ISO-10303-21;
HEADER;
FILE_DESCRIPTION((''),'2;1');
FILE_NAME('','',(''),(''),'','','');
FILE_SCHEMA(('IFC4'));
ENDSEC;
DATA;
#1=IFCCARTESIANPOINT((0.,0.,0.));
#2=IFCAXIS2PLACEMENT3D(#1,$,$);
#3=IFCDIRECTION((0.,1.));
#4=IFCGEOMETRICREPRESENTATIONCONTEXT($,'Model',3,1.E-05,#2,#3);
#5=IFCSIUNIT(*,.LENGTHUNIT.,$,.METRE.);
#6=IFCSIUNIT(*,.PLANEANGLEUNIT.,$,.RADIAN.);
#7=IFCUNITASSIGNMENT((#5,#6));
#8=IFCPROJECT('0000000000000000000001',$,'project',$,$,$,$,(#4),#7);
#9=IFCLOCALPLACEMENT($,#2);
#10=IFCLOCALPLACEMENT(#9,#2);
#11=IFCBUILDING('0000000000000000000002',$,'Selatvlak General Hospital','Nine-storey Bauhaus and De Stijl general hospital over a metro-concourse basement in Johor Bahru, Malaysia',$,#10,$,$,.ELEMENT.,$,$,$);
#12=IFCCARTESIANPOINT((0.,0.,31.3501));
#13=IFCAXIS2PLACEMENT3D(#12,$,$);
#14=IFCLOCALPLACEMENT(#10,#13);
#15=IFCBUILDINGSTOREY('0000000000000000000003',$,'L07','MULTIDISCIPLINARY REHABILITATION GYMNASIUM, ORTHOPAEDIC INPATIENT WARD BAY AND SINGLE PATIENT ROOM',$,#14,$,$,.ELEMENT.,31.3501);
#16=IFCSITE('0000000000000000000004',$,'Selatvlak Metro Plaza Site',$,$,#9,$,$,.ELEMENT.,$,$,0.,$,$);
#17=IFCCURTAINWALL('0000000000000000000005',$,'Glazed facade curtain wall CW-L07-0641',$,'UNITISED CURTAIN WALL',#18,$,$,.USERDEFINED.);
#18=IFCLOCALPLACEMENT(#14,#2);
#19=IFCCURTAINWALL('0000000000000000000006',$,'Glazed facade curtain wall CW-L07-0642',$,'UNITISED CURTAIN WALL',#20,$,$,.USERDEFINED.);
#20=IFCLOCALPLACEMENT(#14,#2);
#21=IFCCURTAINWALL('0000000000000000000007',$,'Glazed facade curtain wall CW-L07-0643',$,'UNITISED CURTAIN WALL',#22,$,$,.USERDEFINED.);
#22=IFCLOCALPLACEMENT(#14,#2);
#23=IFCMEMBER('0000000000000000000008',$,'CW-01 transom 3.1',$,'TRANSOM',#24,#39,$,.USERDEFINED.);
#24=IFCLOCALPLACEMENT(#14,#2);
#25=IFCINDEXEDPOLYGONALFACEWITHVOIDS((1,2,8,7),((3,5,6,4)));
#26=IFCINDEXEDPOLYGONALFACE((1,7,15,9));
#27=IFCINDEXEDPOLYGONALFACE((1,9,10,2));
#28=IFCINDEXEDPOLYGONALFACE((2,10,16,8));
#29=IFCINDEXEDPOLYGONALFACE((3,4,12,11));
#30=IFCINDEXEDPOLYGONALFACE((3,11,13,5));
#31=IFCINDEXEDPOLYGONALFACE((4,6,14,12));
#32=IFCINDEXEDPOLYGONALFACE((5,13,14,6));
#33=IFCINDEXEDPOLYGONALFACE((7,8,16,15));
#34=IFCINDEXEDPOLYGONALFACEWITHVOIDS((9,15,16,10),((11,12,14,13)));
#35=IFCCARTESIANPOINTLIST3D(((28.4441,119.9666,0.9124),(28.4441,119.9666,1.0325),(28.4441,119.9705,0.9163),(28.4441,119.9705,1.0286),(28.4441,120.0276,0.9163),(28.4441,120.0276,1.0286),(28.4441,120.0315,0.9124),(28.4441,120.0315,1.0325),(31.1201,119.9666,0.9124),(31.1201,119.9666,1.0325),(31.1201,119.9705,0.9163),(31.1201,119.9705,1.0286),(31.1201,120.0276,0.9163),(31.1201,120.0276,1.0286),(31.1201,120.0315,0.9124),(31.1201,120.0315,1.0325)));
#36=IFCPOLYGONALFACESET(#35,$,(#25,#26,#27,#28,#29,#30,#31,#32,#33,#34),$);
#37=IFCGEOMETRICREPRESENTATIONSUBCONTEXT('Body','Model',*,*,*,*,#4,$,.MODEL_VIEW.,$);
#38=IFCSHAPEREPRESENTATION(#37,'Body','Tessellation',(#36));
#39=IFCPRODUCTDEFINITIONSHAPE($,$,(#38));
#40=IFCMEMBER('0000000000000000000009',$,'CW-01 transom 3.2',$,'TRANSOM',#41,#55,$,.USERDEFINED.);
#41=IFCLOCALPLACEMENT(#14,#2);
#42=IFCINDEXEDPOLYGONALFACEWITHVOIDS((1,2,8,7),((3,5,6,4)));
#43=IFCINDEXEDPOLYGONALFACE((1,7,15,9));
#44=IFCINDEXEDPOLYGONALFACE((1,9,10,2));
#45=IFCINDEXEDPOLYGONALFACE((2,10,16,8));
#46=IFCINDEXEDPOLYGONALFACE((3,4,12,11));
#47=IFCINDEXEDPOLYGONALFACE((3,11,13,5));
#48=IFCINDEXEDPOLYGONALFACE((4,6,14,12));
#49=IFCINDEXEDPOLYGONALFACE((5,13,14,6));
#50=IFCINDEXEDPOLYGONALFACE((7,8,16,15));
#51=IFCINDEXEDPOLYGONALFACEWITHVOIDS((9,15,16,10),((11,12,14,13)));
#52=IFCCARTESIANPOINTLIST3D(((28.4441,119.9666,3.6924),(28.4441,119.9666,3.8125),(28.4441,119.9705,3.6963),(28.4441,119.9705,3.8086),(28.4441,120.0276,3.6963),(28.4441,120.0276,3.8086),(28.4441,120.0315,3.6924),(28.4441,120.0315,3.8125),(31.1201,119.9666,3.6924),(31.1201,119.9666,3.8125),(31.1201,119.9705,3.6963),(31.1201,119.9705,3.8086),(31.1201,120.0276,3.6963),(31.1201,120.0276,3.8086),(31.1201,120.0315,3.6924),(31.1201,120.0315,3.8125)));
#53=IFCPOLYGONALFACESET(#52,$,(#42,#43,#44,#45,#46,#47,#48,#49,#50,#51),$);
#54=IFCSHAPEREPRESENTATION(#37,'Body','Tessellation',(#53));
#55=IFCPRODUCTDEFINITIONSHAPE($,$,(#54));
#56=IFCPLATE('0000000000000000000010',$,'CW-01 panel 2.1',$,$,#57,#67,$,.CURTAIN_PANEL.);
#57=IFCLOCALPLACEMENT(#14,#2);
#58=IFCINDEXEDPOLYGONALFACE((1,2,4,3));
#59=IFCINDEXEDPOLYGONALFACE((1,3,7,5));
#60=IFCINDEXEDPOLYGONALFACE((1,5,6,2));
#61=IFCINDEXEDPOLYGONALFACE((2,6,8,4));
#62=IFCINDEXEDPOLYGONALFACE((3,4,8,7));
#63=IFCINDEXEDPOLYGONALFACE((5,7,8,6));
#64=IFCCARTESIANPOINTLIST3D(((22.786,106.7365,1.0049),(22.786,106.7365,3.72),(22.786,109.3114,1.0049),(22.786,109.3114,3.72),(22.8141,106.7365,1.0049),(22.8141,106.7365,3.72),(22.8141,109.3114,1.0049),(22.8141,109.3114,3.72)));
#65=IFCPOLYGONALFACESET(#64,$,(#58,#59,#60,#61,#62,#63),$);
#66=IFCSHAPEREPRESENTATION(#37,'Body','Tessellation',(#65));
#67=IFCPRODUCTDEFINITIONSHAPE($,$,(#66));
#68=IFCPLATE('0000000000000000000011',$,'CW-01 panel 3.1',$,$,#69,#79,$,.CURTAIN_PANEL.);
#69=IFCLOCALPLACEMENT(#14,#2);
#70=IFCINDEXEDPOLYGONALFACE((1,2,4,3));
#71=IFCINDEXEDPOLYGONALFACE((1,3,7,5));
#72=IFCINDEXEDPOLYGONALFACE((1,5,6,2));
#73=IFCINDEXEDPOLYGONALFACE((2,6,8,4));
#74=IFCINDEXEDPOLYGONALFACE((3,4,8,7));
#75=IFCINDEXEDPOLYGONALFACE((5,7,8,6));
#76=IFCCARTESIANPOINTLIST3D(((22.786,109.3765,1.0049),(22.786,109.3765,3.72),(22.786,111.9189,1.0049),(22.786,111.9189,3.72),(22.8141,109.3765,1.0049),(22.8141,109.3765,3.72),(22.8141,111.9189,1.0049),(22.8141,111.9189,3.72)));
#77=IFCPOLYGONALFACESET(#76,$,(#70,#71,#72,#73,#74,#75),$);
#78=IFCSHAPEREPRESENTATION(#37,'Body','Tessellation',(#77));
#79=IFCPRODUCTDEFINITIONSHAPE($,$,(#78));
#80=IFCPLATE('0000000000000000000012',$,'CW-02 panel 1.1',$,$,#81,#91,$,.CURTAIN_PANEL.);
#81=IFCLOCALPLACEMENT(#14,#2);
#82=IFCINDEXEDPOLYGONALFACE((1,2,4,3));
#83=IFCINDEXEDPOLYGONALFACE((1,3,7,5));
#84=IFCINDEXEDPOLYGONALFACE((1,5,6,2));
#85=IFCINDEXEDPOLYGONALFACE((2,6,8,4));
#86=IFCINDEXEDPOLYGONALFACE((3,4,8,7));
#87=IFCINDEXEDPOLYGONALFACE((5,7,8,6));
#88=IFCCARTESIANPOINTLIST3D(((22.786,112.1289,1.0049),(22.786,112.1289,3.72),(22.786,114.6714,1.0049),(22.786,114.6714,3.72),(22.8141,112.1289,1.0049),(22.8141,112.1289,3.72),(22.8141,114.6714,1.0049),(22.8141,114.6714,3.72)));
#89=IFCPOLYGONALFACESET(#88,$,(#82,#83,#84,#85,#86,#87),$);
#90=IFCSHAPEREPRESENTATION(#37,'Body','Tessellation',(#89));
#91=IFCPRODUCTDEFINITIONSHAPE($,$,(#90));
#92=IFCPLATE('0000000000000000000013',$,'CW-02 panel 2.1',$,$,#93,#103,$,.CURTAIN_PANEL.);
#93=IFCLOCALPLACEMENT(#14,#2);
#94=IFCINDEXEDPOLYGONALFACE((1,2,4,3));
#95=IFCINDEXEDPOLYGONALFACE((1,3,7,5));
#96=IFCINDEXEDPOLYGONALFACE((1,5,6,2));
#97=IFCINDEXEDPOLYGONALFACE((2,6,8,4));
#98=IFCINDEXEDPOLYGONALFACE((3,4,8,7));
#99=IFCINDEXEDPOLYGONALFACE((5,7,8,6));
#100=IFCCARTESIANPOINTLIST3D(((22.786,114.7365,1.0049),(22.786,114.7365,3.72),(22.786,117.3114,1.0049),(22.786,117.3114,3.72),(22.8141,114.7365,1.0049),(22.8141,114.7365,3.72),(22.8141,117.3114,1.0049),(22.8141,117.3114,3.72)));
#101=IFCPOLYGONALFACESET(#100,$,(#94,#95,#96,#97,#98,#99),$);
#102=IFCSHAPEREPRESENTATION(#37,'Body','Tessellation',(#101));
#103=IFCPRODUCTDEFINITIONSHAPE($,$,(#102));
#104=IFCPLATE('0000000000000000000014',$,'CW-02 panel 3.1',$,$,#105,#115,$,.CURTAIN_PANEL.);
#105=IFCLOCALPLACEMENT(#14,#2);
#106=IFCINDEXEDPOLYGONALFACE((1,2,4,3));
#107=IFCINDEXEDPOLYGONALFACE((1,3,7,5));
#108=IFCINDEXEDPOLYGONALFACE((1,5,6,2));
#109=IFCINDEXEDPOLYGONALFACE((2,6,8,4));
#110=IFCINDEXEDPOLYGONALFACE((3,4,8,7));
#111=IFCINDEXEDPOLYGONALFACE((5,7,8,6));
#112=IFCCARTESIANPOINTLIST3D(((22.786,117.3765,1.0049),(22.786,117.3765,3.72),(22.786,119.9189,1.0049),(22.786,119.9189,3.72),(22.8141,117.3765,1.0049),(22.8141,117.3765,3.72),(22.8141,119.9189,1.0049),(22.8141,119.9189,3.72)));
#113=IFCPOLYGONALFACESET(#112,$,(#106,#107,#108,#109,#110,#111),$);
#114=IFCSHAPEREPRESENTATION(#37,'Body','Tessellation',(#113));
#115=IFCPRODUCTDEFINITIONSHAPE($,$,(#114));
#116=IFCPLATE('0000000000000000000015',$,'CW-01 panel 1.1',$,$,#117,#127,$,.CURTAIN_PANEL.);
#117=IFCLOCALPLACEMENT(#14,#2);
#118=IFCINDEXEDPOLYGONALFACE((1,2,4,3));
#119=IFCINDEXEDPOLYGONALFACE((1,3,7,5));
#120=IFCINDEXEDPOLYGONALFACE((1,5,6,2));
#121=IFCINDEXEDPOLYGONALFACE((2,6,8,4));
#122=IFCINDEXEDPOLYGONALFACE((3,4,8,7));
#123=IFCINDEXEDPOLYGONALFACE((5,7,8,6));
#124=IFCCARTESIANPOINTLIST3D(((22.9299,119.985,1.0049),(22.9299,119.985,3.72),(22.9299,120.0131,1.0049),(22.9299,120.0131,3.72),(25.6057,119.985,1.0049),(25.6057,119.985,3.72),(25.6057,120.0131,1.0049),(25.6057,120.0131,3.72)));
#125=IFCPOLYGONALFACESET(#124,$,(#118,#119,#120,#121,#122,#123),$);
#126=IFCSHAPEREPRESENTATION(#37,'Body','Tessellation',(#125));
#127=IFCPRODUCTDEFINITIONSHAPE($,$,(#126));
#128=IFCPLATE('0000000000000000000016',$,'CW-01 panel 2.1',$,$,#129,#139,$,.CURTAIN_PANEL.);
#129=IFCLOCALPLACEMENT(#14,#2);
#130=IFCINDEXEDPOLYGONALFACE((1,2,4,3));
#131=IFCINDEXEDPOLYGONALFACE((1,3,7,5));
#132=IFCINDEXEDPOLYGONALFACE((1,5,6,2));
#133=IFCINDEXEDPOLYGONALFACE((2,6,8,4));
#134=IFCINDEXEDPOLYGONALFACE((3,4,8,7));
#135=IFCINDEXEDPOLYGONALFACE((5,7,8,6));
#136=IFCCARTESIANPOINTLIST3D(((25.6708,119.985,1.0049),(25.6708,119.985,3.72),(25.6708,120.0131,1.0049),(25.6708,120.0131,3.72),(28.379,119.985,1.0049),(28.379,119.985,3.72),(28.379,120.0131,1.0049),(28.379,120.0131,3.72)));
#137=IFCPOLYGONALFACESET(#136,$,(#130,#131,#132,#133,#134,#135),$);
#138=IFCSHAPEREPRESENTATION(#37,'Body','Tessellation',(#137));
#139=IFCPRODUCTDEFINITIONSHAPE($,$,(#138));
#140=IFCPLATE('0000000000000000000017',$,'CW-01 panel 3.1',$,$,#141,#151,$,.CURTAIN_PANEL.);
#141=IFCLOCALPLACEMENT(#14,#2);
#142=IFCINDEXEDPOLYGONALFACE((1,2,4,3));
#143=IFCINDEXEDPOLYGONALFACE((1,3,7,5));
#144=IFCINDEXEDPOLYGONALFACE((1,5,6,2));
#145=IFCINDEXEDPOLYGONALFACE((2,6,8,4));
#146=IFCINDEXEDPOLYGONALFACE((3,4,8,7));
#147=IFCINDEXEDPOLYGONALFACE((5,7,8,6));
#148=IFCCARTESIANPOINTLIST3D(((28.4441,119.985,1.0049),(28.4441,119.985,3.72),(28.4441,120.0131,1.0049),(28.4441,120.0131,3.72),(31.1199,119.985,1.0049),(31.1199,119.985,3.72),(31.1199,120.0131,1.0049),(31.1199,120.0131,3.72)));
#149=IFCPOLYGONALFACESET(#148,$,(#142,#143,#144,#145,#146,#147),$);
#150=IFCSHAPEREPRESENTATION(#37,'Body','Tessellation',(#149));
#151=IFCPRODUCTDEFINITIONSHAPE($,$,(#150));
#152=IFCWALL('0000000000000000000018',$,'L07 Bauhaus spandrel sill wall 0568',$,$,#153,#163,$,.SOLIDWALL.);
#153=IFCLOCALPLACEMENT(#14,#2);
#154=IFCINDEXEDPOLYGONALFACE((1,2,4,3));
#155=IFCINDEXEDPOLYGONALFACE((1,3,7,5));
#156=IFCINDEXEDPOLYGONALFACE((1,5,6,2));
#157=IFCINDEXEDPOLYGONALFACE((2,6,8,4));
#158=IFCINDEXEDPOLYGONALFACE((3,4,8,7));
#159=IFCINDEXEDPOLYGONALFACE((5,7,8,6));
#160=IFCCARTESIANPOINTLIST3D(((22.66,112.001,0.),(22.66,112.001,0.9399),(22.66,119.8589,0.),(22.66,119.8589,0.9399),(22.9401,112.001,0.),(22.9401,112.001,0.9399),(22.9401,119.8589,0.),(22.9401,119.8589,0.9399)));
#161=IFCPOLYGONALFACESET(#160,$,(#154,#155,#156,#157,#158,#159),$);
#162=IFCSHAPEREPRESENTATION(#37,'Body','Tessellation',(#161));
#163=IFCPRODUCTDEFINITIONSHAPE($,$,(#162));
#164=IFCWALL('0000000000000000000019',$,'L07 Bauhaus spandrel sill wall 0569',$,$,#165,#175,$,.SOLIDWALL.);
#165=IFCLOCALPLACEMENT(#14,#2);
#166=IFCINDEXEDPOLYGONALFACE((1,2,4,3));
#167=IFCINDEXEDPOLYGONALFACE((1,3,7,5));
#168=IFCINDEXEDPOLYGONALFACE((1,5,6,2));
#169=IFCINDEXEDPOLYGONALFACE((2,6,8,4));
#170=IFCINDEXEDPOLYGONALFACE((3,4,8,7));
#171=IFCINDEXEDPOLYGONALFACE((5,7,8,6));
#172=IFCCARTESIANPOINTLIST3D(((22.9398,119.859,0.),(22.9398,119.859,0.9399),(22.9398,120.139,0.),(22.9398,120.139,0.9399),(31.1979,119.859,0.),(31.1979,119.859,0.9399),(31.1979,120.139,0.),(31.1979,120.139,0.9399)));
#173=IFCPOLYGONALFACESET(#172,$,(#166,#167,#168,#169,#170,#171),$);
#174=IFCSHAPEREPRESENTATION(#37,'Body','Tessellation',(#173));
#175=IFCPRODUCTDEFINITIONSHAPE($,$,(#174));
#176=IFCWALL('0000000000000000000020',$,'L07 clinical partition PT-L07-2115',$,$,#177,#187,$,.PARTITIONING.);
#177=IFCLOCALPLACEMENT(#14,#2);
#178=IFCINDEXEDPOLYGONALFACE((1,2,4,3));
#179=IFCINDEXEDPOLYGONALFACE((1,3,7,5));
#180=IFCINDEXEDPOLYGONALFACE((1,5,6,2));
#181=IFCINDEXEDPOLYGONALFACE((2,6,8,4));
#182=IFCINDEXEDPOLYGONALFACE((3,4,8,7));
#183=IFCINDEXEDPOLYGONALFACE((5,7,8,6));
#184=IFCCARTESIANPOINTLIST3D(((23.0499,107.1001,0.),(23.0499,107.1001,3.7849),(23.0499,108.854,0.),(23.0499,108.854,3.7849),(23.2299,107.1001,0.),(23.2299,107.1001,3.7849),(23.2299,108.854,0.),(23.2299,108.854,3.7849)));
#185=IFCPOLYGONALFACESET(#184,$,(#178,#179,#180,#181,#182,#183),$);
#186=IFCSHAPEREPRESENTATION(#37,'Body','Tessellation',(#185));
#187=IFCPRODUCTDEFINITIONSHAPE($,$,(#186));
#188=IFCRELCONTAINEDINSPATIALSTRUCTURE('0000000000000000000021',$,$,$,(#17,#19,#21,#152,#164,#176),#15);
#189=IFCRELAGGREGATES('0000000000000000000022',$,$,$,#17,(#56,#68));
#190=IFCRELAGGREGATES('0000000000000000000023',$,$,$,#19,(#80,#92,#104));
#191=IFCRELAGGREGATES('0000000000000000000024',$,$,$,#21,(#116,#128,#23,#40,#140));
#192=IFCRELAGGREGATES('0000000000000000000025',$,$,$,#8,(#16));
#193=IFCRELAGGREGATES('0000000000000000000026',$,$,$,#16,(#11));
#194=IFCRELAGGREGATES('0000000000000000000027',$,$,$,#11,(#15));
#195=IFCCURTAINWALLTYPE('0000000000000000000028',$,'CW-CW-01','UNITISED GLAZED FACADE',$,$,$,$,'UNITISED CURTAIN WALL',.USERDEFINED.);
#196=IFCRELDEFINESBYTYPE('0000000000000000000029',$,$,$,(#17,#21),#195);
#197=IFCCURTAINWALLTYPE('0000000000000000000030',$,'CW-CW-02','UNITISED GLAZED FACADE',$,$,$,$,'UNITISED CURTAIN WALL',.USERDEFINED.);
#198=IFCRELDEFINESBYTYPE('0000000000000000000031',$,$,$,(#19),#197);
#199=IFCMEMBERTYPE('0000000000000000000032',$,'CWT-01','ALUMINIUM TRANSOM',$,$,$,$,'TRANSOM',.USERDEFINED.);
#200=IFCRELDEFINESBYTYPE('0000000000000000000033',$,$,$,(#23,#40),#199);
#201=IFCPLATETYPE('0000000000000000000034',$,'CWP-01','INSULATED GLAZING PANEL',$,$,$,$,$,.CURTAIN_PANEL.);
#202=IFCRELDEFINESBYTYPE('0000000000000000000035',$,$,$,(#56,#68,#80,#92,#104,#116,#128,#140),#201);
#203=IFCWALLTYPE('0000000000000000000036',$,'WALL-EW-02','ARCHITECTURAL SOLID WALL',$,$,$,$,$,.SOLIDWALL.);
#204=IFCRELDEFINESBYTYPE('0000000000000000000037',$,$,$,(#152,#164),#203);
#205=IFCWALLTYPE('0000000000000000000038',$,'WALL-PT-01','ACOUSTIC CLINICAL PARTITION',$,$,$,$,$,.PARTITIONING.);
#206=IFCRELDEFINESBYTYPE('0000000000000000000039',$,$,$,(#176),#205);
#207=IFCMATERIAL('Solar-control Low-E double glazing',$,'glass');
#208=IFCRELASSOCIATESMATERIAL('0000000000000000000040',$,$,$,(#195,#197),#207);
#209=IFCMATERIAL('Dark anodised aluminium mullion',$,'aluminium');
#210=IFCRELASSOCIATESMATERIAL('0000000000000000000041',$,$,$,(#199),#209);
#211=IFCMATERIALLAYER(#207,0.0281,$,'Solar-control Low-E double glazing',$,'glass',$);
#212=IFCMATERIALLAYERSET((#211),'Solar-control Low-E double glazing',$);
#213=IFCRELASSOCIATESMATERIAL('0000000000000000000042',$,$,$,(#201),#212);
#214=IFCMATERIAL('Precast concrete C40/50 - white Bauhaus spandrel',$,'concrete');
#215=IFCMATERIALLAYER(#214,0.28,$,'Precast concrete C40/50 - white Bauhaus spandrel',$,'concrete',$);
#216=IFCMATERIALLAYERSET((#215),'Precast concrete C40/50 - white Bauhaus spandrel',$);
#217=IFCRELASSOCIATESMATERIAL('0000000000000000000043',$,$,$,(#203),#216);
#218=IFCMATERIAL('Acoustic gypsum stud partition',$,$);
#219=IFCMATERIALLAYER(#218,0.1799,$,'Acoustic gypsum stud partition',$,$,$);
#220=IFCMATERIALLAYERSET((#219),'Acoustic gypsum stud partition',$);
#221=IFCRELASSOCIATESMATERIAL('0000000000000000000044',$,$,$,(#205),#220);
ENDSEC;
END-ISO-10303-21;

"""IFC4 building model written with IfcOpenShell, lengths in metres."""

from ifc_helpers import new_model, si_unit, direction, frame, frame_2d, origin, origin_2d, place, context, subcontext, project, spatial, rectangle, hollow_rectangle, extrude, material, layer, layer_set, material_profile, profile_set, type_object, element, aggregate, save


model = new_model("IFC4")

# Units and contexts
model_context = context("Model", 3, precision=1e-05, world=origin(), true_north=direction((0.0, 1.0)))
body_context = subcontext(model_context, "Body", "Model", "MODEL_VIEW")
ifc_project = project(units=[si_unit("LENGTHUNIT", "METRE"), si_unit("PLANEANGLEUNIT", "RADIAN")], contexts=[model_context])

# Site, building, storey
site_placement = place(None, origin())
site = spatial("IfcSite", under=ifc_project, at=site_placement, Name="Selatvlak Metro Plaza Site", CompositionType="ELEMENT", RefElevation=0.0)
building_placement = place(site_placement, origin())
building = spatial("IfcBuilding", under=site, at=building_placement, Name="Selatvlak General Hospital", Description="Nine-storey Bauhaus and De Stijl general hospital over a metro-concourse basement in Johor Bahru, Malaysia", CompositionType="ELEMENT")
storey_placement = place(building_placement, frame((0.0, 0.0, 31.3501)))
storey = spatial("IfcBuildingStorey", under=building, at=storey_placement, Name="L07", Description="MULTIDISCIPLINARY REHABILITATION GYMNASIUM, ORTHOPAEDIC INPATIENT WARD BAY AND SINGLE PATIENT ROOM", CompositionType="ELEMENT", Elevation=31.3501)

# Curtain walls
ifc_material_1 = material(Name="Solar-control Low-E double glazing", Category="glass")
curtain_wall_type_1 = type_object("IfcCurtainWallType", Name="CW-CW-01", Description="UNITISED GLAZED FACADE", ElementType="UNITISED CURTAIN WALL", PredefinedType="USERDEFINED", material=ifc_material_1)
curtain_wall_1_placement = place(storey_placement, origin())
curtain_wall_1 = element("IfcCurtainWall", 1, at=curtain_wall_1_placement, inside=storey, type_object=curtain_wall_type_1, Name="Glazed facade curtain wall CW-L07-0641", ObjectType="UNITISED CURTAIN WALL", PredefinedType="USERDEFINED")
ifc_material_2 = material(Name="Dark anodised aluminium mullion", Category="aluminium")
curtain_wall_type_2 = type_object("IfcCurtainWallType", Name="CW-CW-02", Description="UNITISED GLAZED FACADE", ElementType="UNITISED CURTAIN WALL", PredefinedType="USERDEFINED", material=ifc_material_1)
curtain_wall_2_placement = place(storey_placement, origin())
curtain_wall_2 = element("IfcCurtainWall", 2, at=curtain_wall_2_placement, inside=storey, type_object=curtain_wall_type_2, Name="Glazed facade curtain wall CW-L07-0642", ObjectType="UNITISED CURTAIN WALL", PredefinedType="USERDEFINED")
curtain_wall_3_placement = place(storey_placement, origin())
curtain_wall_3 = element("IfcCurtainWall", 3, at=curtain_wall_3_placement, inside=storey, type_object=curtain_wall_type_1, Name="Glazed facade curtain wall CW-L07-0643", ObjectType="UNITISED CURTAIN WALL", PredefinedType="USERDEFINED")

# Members
ifc_material_profile_1 = material_profile(ifc_material_2, hollow_rectangle(XDim=0.0649, YDim=0.1201, WallThickness=0.0039, at=origin_2d()), Name="AL-TRN 65x120x4")
ifc_profile_set_1 = profile_set([ifc_material_profile_1], Name="Dark anodised aluminium mullion")
member_type_1 = type_object("IfcMemberType", Name="CWT-01", Description="ALUMINIUM TRANSOM", ElementType="TRANSOM", PredefinedType="USERDEFINED", material=ifc_profile_set_1)
member_1_placement = place(storey_placement, frame((28.4441, 119.999, 0.9724), z_axis=(1.0, 0.0, 0.0), x_axis=(0.0, 1.0, 0.0)))
member_1 = element("IfcMember", 4, at=member_1_placement, type_object=member_type_1, Name="CW-01 transom 3.1", ObjectType="TRANSOM", PredefinedType="USERDEFINED", context=body_context, shape_type="SweptSolid", body=[
    extrude(hollow_rectangle(XDim=0.0649, YDim=0.1201, WallThickness=0.0039, at=origin_2d()), origin(), (0.0, 0.0, 1.0), 2.676),
])
member_2_placement = place(storey_placement, frame((28.4441, 119.999, 3.7524), z_axis=(1.0, 0.0, 0.0), x_axis=(0.0, 1.0, 0.0)))
member_2 = element("IfcMember", 5, at=member_2_placement, type_object=member_type_1, Name="CW-01 transom 3.2", ObjectType="TRANSOM", PredefinedType="USERDEFINED", context=body_context, shape_type="SweptSolid", body=[
    extrude(hollow_rectangle(XDim=0.0649, YDim=0.1201, WallThickness=0.0039, at=origin_2d()), origin(), (0.0, 0.0, 1.0), 2.676),
])

# Plates
ifc_layer_1 = layer(ifc_material_1, 0.0281, Name="Solar-control Low-E double glazing", Category="glass")
ifc_layer_set_1 = layer_set([ifc_layer_1], Name="Solar-control Low-E double glazing")
plate_type = type_object("IfcPlateType", Name="CWP-01", Description="INSULATED GLAZING PANEL", PredefinedType="CURTAIN_PANEL", material=ifc_layer_set_1)
plate_1_placement = place(storey_placement, frame((22.8, 108.0239, 1.0049), z_axis=(0.0, 0.0, 1.0), x_axis=(0.0, 1.0, 0.0)))
plate_1 = element("IfcPlate", 6, at=plate_1_placement, type_object=plate_type, Name="CW-01 panel 2.1", PredefinedType="CURTAIN_PANEL", context=body_context, shape_type="SweptSolid", body=[
    extrude(rectangle(XDim=2.575, YDim=0.0281, at=origin_2d()), origin(), (0.0, 0.0, 1.0), 2.7151),
])
plate_2_placement = place(storey_placement, frame((22.8, 110.6477, 1.0049), z_axis=(0.0, 0.0, 1.0), x_axis=(0.0, 1.0, 0.0)))
plate_2 = element("IfcPlate", 7, at=plate_2_placement, type_object=plate_type, Name="CW-01 panel 3.1", PredefinedType="CURTAIN_PANEL", context=body_context, shape_type="SweptSolid", body=[
    extrude(rectangle(XDim=2.5425, YDim=0.0281, at=origin_2d()), origin(), (0.0, 0.0, 1.0), 2.7151),
])
aggregate(curtain_wall_1, [plate_1, plate_2])
plate_3_placement = place(storey_placement, frame((22.8, 113.4001, 1.0049), z_axis=(0.0, 0.0, 1.0), x_axis=(0.0, 1.0, 0.0)))
plate_3 = element("IfcPlate", 8, at=plate_3_placement, type_object=plate_type, Name="CW-02 panel 1.1", PredefinedType="CURTAIN_PANEL", context=body_context, shape_type="SweptSolid", body=[
    extrude(rectangle(XDim=2.5425, YDim=0.0281, at=origin_2d()), origin(), (0.0, 0.0, 1.0), 2.7151),
])
plate_4_placement = place(storey_placement, frame((22.8, 116.0239, 1.0049), z_axis=(0.0, 0.0, 1.0), x_axis=(0.0, 1.0, 0.0)))
plate_4 = element("IfcPlate", 9, at=plate_4_placement, type_object=plate_type, Name="CW-02 panel 2.1", PredefinedType="CURTAIN_PANEL", context=body_context, shape_type="SweptSolid", body=[
    extrude(rectangle(XDim=2.575, YDim=0.0281, at=origin_2d()), origin(), (0.0, 0.0, 1.0), 2.7151),
])
plate_5_placement = place(storey_placement, frame((22.8, 118.6477, 1.0049), z_axis=(0.0, 0.0, 1.0), x_axis=(0.0, 1.0, 0.0)))
plate_5 = element("IfcPlate", 10, at=plate_5_placement, type_object=plate_type, Name="CW-02 panel 3.1", PredefinedType="CURTAIN_PANEL", context=body_context, shape_type="SweptSolid", body=[
    extrude(rectangle(XDim=2.5425, YDim=0.0281, at=origin_2d()), origin(), (0.0, 0.0, 1.0), 2.7151),
])
aggregate(curtain_wall_2, [plate_3, plate_4, plate_5])
plate_6_placement = place(storey_placement, frame((24.2678, 119.999, 1.0049), z_axis=(0.0, 0.0, 1.0), x_axis=(1.0, 0.0, 0.0)))
plate_6 = element("IfcPlate", 11, at=plate_6_placement, type_object=plate_type, Name="CW-01 panel 1.1", PredefinedType="CURTAIN_PANEL", context=body_context, shape_type="SweptSolid", body=[
    extrude(rectangle(XDim=2.6758, YDim=0.0281, at=origin_2d()), origin(), (0.0, 0.0, 1.0), 2.7151),
])
plate_7_placement = place(storey_placement, frame((27.0249, 119.999, 1.0049), z_axis=(0.0, 0.0, 1.0), x_axis=(1.0, 0.0, 0.0)))
plate_7 = element("IfcPlate", 12, at=plate_7_placement, type_object=plate_type, Name="CW-01 panel 2.1", PredefinedType="CURTAIN_PANEL", context=body_context, shape_type="SweptSolid", body=[
    extrude(rectangle(XDim=2.7083, YDim=0.0281, at=origin_2d()), origin(), (0.0, 0.0, 1.0), 2.7151),
])
plate_8_placement = place(storey_placement, frame((29.782, 119.999, 1.0049), z_axis=(0.0, 0.0, 1.0), x_axis=(1.0, 0.0, 0.0)))
plate_8 = element("IfcPlate", 13, at=plate_8_placement, type_object=plate_type, Name="CW-01 panel 3.1", PredefinedType="CURTAIN_PANEL", context=body_context, shape_type="SweptSolid", body=[
    extrude(rectangle(XDim=2.6758, YDim=0.0281, at=origin_2d()), origin(), (0.0, 0.0, 1.0), 2.7151),
])
aggregate(curtain_wall_3, [plate_6, plate_7, member_1, member_2, plate_8])

# Walls
ifc_material_3 = material(Name="Precast concrete C40/50 - white Bauhaus spandrel", Category="concrete")
ifc_layer_2 = layer(ifc_material_3, 0.28, Name="Precast concrete C40/50 - white Bauhaus spandrel", Category="concrete")
ifc_layer_set_2 = layer_set([ifc_layer_2], Name="Precast concrete C40/50 - white Bauhaus spandrel")
wall_type_1 = type_object("IfcWallType", Name="WALL-EW-02", Description="ARCHITECTURAL SOLID WALL", PredefinedType="SOLIDWALL", material=ifc_layer_set_2)
wall_1_placement = place(storey_placement, frame((22.8, 112.001, 0.0), z_axis=(0.0, 0.0, 1.0), x_axis=(0.0, 1.0, 0.0)))
element("IfcWall", 14, at=wall_1_placement, inside=storey, type_object=wall_type_1, Name="L07 Bauhaus spandrel sill wall 0568", PredefinedType="SOLIDWALL", context=body_context, shape_type="SweptSolid", body=[
    extrude(rectangle(XDim=7.8579, YDim=0.28, at=frame_2d((3.929, 0.0))), origin(), (0.0, 0.0, 1.0), 0.9399),
])
wall_2_placement = place(storey_placement, frame((22.9399, 119.999, 0.0), z_axis=(0.0, 0.0, 1.0), x_axis=(1.0, 0.0, 0.0)))
element("IfcWall", 15, at=wall_2_placement, inside=storey, type_object=wall_type_1, Name="L07 Bauhaus spandrel sill wall 0569", PredefinedType="SOLIDWALL", context=body_context, shape_type="SweptSolid", body=[
    extrude(rectangle(XDim=8.2581, YDim=0.28, at=frame_2d((4.1289, 0.0))), origin(), (0.0, 0.0, 1.0), 0.9399),
])
ifc_material_4 = material(Name="Acoustic gypsum stud partition")
ifc_layer_3 = layer(ifc_material_4, 0.1799, Name="Acoustic gypsum stud partition")
ifc_layer_set_3 = layer_set([ifc_layer_3], Name="Acoustic gypsum stud partition")
wall_type_2 = type_object("IfcWallType", Name="WALL-PT-01", Description="ACOUSTIC CLINICAL PARTITION", PredefinedType="PARTITIONING", material=ifc_layer_set_3)
wall_3_placement = place(storey_placement, frame((23.1399, 108.854, 0.0), z_axis=(0.0, 0.0, 1.0), x_axis=(0.0, -1.0, 0.0)))
element("IfcWall", 16, at=wall_3_placement, inside=storey, type_object=wall_type_2, Name="L07 clinical partition PT-L07-2115", PredefinedType="PARTITIONING", context=body_context, shape_type="SweptSolid", body=[
    extrude(rectangle(XDim=1.7539, YDim=0.1799, at=frame_2d((0.877, 0.0))), origin(), (0.0, 0.0, 1.0), 3.7849),
])

save(model, "model.ifc")
